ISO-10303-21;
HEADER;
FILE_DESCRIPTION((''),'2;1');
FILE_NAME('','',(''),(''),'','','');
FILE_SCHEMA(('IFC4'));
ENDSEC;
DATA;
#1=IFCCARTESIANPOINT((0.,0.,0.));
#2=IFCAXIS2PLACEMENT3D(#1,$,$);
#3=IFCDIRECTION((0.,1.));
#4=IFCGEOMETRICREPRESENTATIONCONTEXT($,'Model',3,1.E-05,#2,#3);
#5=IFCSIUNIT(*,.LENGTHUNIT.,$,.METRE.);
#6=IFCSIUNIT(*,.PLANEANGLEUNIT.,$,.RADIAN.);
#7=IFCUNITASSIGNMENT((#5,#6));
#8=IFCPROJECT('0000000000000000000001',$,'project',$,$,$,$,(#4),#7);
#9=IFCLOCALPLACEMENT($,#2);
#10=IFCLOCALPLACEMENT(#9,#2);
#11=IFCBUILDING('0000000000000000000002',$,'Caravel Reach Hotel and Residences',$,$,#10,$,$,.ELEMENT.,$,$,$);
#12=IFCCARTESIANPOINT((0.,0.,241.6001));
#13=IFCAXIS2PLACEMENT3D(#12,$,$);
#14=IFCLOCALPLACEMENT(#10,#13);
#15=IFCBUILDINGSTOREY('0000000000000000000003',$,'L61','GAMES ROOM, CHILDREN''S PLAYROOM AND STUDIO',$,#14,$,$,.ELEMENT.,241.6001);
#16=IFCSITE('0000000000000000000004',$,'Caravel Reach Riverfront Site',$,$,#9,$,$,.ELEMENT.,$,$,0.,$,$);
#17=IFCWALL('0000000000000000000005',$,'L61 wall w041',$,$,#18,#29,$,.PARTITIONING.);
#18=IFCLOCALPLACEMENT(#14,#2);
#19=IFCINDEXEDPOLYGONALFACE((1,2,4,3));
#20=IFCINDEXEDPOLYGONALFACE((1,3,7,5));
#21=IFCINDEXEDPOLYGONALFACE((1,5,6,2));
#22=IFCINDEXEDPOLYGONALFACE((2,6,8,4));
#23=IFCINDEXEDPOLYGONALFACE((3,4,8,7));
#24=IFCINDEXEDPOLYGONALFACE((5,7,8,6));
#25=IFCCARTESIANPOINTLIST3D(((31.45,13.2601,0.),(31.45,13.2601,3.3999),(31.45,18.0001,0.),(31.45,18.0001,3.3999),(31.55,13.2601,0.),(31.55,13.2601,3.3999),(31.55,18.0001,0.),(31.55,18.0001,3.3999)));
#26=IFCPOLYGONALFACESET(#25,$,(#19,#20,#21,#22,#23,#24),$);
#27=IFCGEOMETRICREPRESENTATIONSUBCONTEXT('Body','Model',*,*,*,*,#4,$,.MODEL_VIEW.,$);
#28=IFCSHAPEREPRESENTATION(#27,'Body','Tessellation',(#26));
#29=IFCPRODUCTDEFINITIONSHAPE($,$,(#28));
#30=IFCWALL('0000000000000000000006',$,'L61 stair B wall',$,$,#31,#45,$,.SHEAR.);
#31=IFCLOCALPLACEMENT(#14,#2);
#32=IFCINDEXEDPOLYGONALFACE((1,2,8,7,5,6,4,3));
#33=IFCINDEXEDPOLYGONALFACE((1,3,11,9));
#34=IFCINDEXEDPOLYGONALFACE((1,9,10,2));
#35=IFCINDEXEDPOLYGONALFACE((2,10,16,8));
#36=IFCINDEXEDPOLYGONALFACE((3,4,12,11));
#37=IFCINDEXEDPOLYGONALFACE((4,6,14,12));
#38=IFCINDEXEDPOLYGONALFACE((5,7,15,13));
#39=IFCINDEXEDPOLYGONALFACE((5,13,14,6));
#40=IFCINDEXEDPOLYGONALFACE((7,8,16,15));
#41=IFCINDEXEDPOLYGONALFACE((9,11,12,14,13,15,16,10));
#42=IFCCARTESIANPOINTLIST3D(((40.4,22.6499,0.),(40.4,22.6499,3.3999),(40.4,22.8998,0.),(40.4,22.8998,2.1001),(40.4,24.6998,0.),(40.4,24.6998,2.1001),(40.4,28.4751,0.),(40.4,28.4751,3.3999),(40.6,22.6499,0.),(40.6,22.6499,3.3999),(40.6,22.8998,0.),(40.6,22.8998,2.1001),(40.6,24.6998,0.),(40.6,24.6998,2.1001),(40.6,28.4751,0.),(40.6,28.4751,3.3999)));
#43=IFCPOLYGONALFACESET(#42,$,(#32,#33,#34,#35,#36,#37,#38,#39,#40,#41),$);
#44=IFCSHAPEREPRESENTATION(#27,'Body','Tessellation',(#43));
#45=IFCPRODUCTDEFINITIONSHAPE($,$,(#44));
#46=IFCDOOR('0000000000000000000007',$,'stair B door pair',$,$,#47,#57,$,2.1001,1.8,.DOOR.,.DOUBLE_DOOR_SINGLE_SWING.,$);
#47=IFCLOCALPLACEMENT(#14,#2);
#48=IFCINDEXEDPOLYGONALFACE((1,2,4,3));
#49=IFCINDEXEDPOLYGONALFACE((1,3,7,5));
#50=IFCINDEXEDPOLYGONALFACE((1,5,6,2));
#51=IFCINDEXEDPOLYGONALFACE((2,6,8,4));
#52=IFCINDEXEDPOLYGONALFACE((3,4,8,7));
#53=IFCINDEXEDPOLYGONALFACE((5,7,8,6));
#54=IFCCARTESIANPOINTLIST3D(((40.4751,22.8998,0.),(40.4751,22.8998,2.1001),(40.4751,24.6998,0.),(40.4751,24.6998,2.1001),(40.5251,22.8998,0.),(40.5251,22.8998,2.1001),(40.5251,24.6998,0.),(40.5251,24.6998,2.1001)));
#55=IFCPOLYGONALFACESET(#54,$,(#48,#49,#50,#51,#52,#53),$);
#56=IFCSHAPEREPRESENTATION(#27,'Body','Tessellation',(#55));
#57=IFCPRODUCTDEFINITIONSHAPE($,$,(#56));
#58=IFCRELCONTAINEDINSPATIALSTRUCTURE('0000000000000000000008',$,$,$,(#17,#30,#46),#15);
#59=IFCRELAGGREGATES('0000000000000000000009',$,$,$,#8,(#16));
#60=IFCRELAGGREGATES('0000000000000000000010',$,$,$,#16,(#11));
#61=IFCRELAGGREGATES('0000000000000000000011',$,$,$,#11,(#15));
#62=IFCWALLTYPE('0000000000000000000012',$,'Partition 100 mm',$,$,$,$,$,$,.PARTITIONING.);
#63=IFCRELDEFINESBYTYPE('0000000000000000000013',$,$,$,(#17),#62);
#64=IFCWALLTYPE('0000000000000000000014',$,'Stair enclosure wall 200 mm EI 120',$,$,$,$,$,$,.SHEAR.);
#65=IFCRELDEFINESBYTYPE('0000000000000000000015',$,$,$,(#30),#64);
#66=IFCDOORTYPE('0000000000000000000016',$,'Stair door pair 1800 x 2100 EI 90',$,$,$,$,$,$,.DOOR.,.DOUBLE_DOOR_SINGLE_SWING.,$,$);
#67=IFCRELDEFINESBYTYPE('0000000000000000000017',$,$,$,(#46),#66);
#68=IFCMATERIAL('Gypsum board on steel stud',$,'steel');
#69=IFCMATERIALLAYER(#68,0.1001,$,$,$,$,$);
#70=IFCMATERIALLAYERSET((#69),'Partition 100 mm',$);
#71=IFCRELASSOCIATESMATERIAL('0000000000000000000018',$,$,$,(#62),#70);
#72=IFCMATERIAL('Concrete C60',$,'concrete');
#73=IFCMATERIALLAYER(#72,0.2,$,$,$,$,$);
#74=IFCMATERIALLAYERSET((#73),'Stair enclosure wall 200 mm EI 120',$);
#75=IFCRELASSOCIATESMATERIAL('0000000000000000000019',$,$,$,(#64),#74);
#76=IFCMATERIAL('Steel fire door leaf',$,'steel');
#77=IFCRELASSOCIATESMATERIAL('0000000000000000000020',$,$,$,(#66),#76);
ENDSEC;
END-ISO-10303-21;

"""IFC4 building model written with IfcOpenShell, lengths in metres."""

from ifc_helpers import new_model, si_unit, direction, frame, frame_2d, origin, place, context, subcontext, project, spatial, rectangle, extrude, material, layer, layer_set, type_object, element, fill, save


model = new_model("IFC4")

# Units and contexts
model_context = context("Model", 3, precision=1e-05, world=origin(), true_north=direction((0.0, 1.0)))
body_context = subcontext(model_context, "Body", "Model", "MODEL_VIEW")
ifc_project = project(units=[si_unit("LENGTHUNIT", "METRE"), si_unit("PLANEANGLEUNIT", "RADIAN")], contexts=[model_context])

# Site, building, storey
site_placement = place(None, origin())
site = spatial("IfcSite", under=ifc_project, at=site_placement, Name="Caravel Reach Riverfront Site", CompositionType="ELEMENT", RefElevation=0.0)
building_placement = place(site_placement, origin())
building = spatial("IfcBuilding", under=site, at=building_placement, Name="Caravel Reach Hotel and Residences", CompositionType="ELEMENT")
storey_placement = place(building_placement, frame((0.0, 0.0, 241.6001)))
storey = spatial("IfcBuildingStorey", under=building, at=storey_placement, Name="L61", Description="GAMES ROOM, CHILDREN'S PLAYROOM AND STUDIO", CompositionType="ELEMENT", Elevation=241.6001)

# Wall
ifc_material_1 = material(Name="Gypsum board on steel stud", Category="steel")
ifc_layer_1 = layer(ifc_material_1, 0.1001)
ifc_layer_set_1 = layer_set([ifc_layer_1], Name="Partition 100 mm")
wall_type_1 = type_object("IfcWallType", Name="Partition 100 mm", PredefinedType="PARTITIONING", material=ifc_layer_set_1)
wall_1_placement = place(storey_placement, frame((31.5, 13.26, 0.0), z_axis=(0.0, 0.0, 1.0), x_axis=(0.0, 1.0, 0.0)))
element("IfcWall", 1, at=wall_1_placement, inside=storey, type_object=wall_type_1, Name="L61 wall w041", PredefinedType="PARTITIONING", context=body_context, shape_type="SweptSolid", body=[
    extrude(rectangle(XDim=4.74, YDim=0.1001, at=frame_2d((2.3701, 0.0))), origin(), (0.0, 0.0, 1.0), 3.3999),
])

# Wall, opening, door
ifc_material_2 = material(Name="Concrete C60", Category="concrete")
ifc_layer_2 = layer(ifc_material_2, 0.2)
ifc_layer_set_2 = layer_set([ifc_layer_2], Name="Stair enclosure wall 200 mm EI 120")
wall_type_2 = type_object("IfcWallType", Name="Stair enclosure wall 200 mm EI 120", PredefinedType="SHEAR", material=ifc_layer_set_2)
wall_2_placement = place(storey_placement, frame((40.5, 22.6499, 0.0), z_axis=(0.0, 0.0, 1.0), x_axis=(0.0, 1.0, 0.0)))
wall_2 = element("IfcWall", 2, at=wall_2_placement, inside=storey, type_object=wall_type_2, Name="L61 stair B wall", PredefinedType="SHEAR", context=body_context, shape_type="SweptSolid", body=[
    extrude(rectangle(XDim=5.8252, YDim=0.2, at=frame_2d((2.9126, 0.0))), origin(), (0.0, 0.0, 1.0), 3.3999),
])
opening_1_placement = place(wall_2_placement, frame((0.25, 0.0, 0.0)))
opening_1 = element("IfcOpeningElement", 3, at=opening_1_placement, cuts=wall_2, PredefinedType="OPENING", context=body_context, shape_type="SweptSolid", body=[
    extrude(rectangle(XDim=1.8, YDim=2.1001, at=frame_2d((0.8999, 1.05))), frame((0.0, 0.1099, 0.0), z_axis=(0.0, -1.0, 0.0), x_axis=(1.0, 0.0, 0.0)), (0.0, 0.0, 1.0), 0.22),
])
ifc_material_3 = material(Name="Steel fire door leaf", Category="steel")
door_type_1 = type_object("IfcDoorType", Name="Stair door pair 1800 x 2100 EI 90", OperationType="DOUBLE_DOOR_SINGLE_SWING", PredefinedType="DOOR", material=ifc_material_3)
door_1_placement = place(opening_1_placement, origin())
door_1 = element("IfcDoor", 4, at=door_1_placement, inside=storey, type_object=door_type_1, Name="stair B door pair", OperationType="DOUBLE_DOOR_SINGLE_SWING", OverallHeight=2.1001, OverallWidth=1.8, PredefinedType="DOOR", context=body_context, shape_type="SweptSolid", body=[
    extrude(rectangle(XDim=1.8, YDim=2.1001, at=frame_2d((0.8999, 1.05))), frame((0.0, 0.0249, 0.0), z_axis=(0.0, -1.0, 0.0), x_axis=(1.0, 0.0, 0.0)), (0.0, 0.0, 1.0), 0.05),
])
fill(opening_1, door_1)

save(model, "model.ifc")
